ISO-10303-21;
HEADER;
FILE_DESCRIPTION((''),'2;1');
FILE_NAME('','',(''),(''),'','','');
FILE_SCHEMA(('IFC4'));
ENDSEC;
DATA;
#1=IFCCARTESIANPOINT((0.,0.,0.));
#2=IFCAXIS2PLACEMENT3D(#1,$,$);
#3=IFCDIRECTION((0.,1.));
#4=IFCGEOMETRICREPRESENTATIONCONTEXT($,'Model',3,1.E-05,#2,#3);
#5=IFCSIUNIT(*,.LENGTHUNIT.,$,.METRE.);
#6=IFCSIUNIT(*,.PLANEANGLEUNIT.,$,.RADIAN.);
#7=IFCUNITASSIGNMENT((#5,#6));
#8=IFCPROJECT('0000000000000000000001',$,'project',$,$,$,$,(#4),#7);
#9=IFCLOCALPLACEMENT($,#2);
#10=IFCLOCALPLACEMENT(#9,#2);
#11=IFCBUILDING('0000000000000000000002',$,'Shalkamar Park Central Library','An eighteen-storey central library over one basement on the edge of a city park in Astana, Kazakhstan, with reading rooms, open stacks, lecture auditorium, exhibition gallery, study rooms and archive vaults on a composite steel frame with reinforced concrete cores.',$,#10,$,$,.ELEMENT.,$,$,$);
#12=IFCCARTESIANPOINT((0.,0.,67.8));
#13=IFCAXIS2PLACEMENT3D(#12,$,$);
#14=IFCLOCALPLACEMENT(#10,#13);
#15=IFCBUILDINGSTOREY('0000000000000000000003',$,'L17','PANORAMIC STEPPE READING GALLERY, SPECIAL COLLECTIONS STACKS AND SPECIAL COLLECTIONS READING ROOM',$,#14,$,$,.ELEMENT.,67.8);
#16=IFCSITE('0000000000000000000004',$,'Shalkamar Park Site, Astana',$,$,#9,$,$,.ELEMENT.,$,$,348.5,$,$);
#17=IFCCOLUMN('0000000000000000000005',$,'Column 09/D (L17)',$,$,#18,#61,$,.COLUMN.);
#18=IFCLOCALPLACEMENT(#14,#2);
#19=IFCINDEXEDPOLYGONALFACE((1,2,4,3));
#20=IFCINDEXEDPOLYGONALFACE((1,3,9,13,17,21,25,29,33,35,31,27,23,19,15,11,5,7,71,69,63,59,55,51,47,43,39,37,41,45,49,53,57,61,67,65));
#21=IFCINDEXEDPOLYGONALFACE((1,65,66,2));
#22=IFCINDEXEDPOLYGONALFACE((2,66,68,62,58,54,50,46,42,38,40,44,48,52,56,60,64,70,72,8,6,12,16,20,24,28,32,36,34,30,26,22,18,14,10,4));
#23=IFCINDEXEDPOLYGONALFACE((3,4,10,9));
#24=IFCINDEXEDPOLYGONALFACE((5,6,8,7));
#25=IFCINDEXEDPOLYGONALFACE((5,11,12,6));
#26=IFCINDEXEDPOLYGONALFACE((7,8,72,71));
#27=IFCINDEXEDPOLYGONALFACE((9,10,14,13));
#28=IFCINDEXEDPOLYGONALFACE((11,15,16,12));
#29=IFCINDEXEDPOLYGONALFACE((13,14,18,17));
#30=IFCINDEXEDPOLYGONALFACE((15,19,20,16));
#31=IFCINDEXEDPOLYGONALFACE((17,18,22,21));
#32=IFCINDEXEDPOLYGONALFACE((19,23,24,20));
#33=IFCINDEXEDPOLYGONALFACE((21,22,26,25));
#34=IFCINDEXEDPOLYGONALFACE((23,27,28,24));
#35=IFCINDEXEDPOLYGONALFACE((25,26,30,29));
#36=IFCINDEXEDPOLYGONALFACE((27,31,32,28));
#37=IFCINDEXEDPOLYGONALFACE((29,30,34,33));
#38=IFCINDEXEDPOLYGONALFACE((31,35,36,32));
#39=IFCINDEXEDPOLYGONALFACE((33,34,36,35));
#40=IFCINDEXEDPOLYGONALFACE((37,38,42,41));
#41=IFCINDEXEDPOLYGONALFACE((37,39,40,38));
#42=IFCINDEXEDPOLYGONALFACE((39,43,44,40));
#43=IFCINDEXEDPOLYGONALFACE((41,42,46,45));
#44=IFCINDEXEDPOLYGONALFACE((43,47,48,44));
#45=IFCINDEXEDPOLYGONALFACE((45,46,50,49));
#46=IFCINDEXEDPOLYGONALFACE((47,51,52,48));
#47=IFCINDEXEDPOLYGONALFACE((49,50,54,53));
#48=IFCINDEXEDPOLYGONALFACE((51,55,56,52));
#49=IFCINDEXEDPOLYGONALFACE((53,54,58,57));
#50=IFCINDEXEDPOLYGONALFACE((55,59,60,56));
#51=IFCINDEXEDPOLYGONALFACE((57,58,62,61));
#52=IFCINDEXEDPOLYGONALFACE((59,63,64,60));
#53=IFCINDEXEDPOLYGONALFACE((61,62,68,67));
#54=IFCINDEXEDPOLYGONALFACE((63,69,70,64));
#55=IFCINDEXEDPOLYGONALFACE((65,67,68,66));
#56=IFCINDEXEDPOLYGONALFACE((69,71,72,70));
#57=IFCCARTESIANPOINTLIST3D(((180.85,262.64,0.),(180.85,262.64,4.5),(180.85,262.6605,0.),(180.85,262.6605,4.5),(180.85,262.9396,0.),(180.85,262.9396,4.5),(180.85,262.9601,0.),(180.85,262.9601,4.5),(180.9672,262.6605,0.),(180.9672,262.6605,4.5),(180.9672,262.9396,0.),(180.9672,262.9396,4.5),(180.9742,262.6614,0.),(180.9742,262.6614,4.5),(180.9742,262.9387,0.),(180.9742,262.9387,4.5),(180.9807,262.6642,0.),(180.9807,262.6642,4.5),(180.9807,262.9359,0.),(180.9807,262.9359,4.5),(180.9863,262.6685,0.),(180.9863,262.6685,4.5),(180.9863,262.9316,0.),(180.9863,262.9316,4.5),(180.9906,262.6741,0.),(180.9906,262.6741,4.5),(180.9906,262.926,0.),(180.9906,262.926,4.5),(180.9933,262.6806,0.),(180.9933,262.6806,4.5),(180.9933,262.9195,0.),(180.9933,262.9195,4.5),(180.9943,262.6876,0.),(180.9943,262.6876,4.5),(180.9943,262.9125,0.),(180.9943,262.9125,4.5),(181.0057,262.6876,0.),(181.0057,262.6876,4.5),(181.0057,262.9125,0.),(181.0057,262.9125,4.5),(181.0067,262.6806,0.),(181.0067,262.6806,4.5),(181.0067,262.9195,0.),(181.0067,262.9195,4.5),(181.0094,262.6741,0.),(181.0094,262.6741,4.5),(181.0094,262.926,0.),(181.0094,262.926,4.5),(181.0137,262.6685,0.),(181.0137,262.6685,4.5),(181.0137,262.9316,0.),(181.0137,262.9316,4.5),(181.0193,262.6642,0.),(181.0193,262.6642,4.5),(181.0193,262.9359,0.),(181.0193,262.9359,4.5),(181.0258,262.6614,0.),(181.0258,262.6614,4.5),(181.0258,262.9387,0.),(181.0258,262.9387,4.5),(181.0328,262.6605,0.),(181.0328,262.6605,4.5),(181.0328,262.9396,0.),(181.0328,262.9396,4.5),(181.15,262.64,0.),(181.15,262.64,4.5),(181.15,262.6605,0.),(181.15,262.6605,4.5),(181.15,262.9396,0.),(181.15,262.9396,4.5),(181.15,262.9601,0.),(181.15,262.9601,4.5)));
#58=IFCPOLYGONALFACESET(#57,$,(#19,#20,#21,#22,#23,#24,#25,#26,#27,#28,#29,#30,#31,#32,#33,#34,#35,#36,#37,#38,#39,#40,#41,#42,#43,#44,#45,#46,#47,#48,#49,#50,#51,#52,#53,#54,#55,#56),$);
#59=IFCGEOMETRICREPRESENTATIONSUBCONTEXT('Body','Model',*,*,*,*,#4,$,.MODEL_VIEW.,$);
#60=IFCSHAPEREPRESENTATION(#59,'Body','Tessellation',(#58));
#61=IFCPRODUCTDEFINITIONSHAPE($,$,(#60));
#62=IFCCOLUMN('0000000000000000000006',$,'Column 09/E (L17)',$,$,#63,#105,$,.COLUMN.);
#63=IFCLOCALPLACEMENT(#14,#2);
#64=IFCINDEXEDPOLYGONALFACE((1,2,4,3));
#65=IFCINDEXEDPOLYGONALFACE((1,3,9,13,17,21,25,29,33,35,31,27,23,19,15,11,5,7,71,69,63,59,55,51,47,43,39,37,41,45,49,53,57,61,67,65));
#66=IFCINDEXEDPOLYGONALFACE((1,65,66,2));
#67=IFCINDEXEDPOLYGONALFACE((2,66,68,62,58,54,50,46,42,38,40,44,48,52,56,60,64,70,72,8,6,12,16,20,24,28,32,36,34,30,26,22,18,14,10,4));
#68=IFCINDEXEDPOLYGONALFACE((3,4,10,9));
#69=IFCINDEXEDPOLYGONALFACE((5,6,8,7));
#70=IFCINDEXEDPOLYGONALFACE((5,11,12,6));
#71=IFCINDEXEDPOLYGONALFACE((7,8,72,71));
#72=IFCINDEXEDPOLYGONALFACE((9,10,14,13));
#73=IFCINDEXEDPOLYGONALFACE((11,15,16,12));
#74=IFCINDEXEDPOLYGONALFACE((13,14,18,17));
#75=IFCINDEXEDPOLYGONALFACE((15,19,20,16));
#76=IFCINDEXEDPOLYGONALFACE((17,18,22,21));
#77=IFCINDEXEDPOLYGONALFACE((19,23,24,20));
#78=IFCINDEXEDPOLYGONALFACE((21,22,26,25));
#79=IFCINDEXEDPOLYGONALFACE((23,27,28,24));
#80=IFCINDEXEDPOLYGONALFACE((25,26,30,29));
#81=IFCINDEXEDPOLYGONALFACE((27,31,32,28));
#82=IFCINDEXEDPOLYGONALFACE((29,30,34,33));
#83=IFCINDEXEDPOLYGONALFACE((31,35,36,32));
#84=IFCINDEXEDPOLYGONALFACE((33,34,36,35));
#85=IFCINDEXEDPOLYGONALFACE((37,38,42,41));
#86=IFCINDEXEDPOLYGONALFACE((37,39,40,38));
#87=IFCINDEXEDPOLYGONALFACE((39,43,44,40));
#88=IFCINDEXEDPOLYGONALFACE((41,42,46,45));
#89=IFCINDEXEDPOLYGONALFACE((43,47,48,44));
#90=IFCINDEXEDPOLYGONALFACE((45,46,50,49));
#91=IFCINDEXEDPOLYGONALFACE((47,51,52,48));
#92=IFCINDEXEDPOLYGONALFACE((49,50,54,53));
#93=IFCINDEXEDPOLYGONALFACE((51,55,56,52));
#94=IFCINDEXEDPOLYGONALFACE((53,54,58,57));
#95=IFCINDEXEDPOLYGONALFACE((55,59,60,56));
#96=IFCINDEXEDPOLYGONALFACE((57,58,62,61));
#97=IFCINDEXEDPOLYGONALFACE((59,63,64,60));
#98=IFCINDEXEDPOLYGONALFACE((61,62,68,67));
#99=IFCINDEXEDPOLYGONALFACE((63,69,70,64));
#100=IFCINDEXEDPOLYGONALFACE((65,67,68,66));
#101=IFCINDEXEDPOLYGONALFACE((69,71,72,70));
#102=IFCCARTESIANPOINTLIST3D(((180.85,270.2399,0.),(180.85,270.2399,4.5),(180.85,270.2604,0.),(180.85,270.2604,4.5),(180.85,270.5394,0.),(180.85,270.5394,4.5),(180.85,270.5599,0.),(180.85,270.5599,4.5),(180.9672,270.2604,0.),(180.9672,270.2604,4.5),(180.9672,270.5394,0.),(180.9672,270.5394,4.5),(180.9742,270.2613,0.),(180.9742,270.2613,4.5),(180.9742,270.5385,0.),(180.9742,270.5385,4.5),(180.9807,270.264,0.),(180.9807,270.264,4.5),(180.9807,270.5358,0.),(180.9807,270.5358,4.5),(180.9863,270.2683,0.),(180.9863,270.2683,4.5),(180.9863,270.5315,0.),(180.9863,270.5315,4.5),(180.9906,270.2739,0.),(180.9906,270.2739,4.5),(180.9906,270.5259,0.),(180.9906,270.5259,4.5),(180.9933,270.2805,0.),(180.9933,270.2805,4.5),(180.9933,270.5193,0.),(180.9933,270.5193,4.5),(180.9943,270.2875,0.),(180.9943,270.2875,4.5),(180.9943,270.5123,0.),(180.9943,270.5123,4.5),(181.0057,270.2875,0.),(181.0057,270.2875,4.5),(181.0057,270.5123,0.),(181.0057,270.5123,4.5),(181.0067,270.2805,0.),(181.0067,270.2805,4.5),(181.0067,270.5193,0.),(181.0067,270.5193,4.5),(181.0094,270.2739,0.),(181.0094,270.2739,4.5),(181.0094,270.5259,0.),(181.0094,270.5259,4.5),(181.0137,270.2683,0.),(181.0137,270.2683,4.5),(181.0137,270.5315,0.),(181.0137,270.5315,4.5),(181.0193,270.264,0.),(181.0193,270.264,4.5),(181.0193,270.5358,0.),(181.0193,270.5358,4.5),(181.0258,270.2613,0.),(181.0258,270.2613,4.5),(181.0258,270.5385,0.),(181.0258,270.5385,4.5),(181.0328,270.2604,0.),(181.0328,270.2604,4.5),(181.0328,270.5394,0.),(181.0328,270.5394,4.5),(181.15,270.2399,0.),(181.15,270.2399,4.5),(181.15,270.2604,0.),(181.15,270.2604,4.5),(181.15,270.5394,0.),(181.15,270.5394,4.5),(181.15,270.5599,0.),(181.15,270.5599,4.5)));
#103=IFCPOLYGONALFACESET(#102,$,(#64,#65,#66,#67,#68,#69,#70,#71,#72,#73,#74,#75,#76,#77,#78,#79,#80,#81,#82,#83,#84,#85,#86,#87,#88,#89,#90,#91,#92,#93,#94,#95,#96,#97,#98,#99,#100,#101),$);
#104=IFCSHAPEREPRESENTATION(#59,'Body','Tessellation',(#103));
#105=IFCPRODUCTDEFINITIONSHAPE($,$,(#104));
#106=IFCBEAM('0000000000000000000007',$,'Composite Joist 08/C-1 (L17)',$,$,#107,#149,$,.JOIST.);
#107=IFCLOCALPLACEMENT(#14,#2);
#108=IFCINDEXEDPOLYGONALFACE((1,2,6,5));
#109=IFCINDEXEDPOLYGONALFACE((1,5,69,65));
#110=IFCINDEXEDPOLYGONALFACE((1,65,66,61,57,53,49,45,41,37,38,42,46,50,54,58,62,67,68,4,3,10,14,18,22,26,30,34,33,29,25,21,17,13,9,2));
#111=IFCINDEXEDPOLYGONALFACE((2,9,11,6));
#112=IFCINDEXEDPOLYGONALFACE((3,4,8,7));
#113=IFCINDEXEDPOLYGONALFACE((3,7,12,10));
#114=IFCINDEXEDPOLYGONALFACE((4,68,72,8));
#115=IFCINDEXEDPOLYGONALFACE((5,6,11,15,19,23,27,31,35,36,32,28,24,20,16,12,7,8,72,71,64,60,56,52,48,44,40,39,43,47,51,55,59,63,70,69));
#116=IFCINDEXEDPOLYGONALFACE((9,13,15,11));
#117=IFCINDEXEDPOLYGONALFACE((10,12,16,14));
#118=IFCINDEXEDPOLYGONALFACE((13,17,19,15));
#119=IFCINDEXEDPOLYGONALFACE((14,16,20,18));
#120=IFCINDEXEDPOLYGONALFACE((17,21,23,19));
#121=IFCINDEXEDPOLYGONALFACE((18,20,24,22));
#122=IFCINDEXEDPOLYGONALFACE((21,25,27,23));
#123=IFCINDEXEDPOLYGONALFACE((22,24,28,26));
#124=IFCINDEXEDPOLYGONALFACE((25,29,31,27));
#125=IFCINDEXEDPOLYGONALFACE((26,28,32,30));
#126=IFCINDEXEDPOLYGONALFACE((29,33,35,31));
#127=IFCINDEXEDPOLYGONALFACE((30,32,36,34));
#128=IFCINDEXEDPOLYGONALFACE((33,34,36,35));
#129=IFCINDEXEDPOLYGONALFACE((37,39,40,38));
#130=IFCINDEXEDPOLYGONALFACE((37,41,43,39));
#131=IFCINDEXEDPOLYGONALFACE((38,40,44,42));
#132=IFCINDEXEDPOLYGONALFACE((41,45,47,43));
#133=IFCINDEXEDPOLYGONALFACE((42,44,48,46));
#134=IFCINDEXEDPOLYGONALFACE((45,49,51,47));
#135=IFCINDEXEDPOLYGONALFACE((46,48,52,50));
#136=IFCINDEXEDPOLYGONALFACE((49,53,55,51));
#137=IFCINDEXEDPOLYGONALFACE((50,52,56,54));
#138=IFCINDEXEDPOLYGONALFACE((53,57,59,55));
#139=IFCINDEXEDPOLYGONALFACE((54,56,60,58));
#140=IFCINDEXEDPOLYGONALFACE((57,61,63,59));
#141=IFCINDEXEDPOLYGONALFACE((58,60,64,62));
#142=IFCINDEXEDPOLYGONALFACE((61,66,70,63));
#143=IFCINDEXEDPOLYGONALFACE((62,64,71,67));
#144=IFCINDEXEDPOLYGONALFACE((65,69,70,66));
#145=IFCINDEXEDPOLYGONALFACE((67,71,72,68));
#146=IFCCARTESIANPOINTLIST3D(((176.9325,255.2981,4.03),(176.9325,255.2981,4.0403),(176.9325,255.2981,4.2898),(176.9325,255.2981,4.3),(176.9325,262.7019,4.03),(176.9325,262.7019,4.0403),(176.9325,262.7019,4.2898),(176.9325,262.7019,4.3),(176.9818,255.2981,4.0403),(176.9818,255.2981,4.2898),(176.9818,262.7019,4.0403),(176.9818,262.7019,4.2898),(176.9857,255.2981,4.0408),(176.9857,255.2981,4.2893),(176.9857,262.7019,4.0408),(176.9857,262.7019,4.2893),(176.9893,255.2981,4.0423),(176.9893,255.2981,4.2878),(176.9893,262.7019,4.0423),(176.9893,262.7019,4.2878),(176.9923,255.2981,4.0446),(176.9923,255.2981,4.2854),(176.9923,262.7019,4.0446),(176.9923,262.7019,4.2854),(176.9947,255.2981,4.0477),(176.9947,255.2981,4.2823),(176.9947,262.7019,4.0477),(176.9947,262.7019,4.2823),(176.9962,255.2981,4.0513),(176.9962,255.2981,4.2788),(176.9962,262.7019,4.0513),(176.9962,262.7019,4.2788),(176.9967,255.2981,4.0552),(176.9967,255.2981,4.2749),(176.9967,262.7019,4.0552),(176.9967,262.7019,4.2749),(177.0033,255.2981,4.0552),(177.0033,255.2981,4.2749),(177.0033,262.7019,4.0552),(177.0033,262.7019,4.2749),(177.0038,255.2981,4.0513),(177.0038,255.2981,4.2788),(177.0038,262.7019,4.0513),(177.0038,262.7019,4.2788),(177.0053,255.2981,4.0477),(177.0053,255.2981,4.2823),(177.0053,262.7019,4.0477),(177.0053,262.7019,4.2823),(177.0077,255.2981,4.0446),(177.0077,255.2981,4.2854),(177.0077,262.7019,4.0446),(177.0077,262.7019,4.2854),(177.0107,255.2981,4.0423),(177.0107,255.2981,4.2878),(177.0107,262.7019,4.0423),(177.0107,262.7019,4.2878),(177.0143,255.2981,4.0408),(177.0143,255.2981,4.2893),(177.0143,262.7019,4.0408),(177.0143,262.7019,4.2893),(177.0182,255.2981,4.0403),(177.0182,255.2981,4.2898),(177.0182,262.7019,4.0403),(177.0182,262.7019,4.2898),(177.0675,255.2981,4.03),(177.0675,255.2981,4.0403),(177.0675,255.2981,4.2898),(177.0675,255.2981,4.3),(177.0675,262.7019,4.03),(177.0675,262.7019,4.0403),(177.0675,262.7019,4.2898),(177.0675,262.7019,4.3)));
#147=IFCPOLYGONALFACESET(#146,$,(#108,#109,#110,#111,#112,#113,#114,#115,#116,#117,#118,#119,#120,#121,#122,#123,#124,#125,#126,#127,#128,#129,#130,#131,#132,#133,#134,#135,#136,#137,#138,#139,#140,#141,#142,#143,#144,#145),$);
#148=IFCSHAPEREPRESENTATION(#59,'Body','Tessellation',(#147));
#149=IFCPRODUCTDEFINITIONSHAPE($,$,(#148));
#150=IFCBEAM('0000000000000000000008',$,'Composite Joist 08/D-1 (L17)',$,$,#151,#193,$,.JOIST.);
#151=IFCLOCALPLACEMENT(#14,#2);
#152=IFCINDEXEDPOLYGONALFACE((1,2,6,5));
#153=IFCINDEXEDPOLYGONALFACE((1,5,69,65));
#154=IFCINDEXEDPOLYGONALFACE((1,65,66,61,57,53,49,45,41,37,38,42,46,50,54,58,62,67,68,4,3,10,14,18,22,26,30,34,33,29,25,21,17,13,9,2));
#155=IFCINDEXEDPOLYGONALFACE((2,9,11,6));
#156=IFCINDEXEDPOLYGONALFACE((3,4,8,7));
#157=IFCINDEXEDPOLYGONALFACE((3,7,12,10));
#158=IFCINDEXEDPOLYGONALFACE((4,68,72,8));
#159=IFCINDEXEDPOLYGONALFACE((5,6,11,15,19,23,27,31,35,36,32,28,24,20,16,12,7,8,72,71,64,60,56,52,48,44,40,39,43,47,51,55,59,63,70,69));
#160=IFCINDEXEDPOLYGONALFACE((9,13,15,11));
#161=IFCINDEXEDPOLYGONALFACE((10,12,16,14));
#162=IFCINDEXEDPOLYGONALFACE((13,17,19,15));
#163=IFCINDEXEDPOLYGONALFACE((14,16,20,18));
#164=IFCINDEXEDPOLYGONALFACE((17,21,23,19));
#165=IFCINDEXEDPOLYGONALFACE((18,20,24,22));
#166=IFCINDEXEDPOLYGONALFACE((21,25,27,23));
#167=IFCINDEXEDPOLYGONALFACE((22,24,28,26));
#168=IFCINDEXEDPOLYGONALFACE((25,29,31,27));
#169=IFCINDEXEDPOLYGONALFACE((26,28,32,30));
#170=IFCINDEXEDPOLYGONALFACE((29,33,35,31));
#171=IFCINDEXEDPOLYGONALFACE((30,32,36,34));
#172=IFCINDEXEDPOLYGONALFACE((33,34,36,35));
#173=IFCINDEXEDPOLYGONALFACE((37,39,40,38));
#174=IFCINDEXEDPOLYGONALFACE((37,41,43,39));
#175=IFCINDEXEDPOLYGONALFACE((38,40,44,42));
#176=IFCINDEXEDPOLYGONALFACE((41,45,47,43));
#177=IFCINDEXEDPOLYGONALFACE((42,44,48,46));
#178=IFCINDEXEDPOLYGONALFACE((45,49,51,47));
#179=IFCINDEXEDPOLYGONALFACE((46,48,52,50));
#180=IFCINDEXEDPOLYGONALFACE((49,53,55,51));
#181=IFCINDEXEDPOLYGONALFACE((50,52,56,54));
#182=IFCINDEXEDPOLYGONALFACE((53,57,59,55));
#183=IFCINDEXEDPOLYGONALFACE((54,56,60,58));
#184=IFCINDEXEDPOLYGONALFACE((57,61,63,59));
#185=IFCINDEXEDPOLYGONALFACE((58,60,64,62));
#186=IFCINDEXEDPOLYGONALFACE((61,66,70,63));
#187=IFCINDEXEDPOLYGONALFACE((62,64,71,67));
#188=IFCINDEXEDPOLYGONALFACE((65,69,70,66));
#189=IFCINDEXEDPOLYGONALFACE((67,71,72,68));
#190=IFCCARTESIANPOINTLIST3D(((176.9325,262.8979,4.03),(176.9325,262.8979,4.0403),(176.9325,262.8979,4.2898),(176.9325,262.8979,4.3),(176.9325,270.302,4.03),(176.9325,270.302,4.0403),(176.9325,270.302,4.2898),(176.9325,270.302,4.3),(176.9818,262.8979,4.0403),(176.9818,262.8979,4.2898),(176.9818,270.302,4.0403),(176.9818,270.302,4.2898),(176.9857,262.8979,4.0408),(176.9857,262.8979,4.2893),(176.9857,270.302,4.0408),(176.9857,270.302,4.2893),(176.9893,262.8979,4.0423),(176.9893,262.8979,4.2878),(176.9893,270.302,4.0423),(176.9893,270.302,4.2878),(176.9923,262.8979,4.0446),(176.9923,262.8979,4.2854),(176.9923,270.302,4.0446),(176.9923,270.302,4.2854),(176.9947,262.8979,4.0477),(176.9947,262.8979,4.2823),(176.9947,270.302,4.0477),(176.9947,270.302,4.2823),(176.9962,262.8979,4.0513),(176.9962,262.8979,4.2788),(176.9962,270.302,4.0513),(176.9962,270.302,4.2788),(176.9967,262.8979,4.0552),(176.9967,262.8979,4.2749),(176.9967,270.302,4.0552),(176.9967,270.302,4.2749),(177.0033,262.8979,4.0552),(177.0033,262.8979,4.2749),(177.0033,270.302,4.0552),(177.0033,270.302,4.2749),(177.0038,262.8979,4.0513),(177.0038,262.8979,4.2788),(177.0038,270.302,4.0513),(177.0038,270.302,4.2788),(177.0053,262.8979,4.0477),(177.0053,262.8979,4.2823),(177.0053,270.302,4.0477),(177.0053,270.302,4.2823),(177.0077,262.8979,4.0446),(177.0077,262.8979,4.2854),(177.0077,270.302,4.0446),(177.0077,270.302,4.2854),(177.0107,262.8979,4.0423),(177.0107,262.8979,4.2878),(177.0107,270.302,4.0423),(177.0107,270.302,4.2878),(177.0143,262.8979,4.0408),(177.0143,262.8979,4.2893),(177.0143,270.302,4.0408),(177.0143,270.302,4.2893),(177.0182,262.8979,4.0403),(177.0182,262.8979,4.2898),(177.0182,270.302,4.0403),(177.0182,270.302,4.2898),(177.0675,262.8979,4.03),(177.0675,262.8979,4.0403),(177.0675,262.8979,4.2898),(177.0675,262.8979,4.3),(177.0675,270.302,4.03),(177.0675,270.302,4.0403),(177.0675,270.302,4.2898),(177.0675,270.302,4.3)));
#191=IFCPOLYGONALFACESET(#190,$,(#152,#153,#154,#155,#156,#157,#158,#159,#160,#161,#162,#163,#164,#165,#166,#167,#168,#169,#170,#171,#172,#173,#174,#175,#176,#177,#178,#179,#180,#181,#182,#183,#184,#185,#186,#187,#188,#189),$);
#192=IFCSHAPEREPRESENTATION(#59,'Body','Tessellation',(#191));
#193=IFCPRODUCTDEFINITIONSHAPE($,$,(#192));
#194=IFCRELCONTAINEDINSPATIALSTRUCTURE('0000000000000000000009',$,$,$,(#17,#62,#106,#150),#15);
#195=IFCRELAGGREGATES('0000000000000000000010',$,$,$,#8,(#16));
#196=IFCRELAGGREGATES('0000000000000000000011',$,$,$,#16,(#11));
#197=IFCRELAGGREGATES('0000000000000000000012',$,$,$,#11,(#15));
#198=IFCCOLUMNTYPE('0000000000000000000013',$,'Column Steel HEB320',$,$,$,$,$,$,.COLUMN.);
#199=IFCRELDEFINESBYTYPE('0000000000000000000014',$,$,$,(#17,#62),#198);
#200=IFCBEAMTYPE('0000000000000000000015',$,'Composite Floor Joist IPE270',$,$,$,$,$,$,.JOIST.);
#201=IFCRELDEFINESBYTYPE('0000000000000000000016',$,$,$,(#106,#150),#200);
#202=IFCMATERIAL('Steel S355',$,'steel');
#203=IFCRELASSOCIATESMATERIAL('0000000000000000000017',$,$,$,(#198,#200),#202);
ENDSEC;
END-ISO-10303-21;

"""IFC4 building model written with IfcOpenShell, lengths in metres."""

from ifc_helpers import new_model, si_unit, direction, frame, origin, origin_2d, place, context, subcontext, project, spatial, i_section, extrude, material, material_profile, profile_set, type_object, element, save


model = new_model("IFC4")

# Units and contexts
model_context = context("Model", 3, precision=1e-05, world=origin(), true_north=direction((0.0, 1.0)))
body_context = subcontext(model_context, "Body", "Model", "MODEL_VIEW")
ifc_project = project(units=[si_unit("LENGTHUNIT", "METRE"), si_unit("PLANEANGLEUNIT", "RADIAN")], contexts=[model_context])

# Site, building, storey
site_placement = place(None, origin())
site = spatial("IfcSite", under=ifc_project, at=site_placement, Name="Shalkamar Park Site, Astana", CompositionType="ELEMENT", RefElevation=348.5)
building_placement = place(site_placement, origin())
building = spatial("IfcBuilding", under=site, at=building_placement, Name="Shalkamar Park Central Library", Description="An eighteen-storey central library over one basement on the edge of a city park in Astana, Kazakhstan, with reading rooms, open stacks, lecture auditorium, exhibition gallery, study rooms and archive vaults on a composite steel frame with reinforced concrete cores.", CompositionType="ELEMENT")
storey_placement = place(building_placement, frame((0.0, 0.0, 67.8)))
storey = spatial("IfcBuildingStorey", under=building, at=storey_placement, Name="L17", Description="PANORAMIC STEPPE READING GALLERY, SPECIAL COLLECTIONS STACKS AND SPECIAL COLLECTIONS READING ROOM", CompositionType="ELEMENT", Elevation=67.8)

# Columns
ifc_material_1 = material(Name="Steel S355", Category="steel")
ifc_material_profile_1 = material_profile(ifc_material_1, i_section(OverallWidth=0.3, OverallDepth=0.3201, WebThickness=0.0115, FlangeThickness=0.0205, FilletRadius=0.0271, at=origin_2d()), Name="HEB 320")
ifc_profile_set_1 = profile_set([ifc_material_profile_1], Name="Steel S355")
column_type_1 = type_object("IfcColumnType", Name="Column Steel HEB320", PredefinedType="COLUMN", material=ifc_profile_set_1)
for number, where, z_axis, x_axis, name in (
    (1, (181.0, 262.8, 0.0), (0.0, 0.0, 1.0), (1.0, 0.0, 0.0), "Column 09/D (L17)"),
    (2, (181.0, 270.3999, 0.0), (0.0, 0.0, 1.0), (1.0, 0.0, 0.0), "Column 09/E (L17)"),
):
    element("IfcColumn", number, at=place(storey_placement, frame(where, z_axis=z_axis, x_axis=x_axis)), inside=storey, type_object=column_type_1, Name=name, PredefinedType="COLUMN", context=body_context, shape_type="SweptSolid", body=[
        extrude(i_section(OverallWidth=0.3, OverallDepth=0.3201, WebThickness=0.0115, FlangeThickness=0.0205, FilletRadius=0.0271, at=origin_2d()), origin(), (0.0, 0.0, 1.0), 4.5),
    ])

# Beams
ifc_material_profile_2 = material_profile(ifc_material_1, i_section(OverallWidth=0.135, OverallDepth=0.27, WebThickness=0.0066, FlangeThickness=0.0103, FilletRadius=0.0149, at=origin_2d()), Name="IPE 270")
ifc_profile_set_2 = profile_set([ifc_material_profile_2], Name="Steel S355")
beam_type_1 = type_object("IfcBeamType", Name="Composite Floor Joist IPE270", PredefinedType="JOIST", material=ifc_profile_set_2)
beam_1_placement = place(storey_placement, frame((177.0, 255.2981, 4.165), z_axis=(0.0, 1.0, 0.0), x_axis=(-1.0, 0.0, 0.0)))
element("IfcBeam", 3, at=beam_1_placement, inside=storey, type_object=beam_type_1, Name="Composite Joist 08/C-1 (L17)", PredefinedType="JOIST", context=body_context, shape_type="SweptSolid", body=[
    extrude(i_section(OverallWidth=0.135, OverallDepth=0.27, WebThickness=0.0066, FlangeThickness=0.0103, FilletRadius=0.0149, at=origin_2d()), origin(), (0.0, 0.0, 1.0), 7.4038),
])
beam_2_placement = place(storey_placement, frame((177.0, 262.8979, 4.165), z_axis=(0.0, 1.0, 0.0), x_axis=(-1.0, 0.0, 0.0)))
element("IfcBeam", 4, at=beam_2_placement, inside=storey, type_object=beam_type_1, Name="Composite Joist 08/D-1 (L17)", PredefinedType="JOIST", context=body_context, shape_type="SweptSolid", body=[
    extrude(i_section(OverallWidth=0.135, OverallDepth=0.27, WebThickness=0.0066, FlangeThickness=0.0103, FilletRadius=0.0149, at=origin_2d()), origin(), (0.0, 0.0, 1.0), 7.4041),
])

save(model, "model.ifc")
